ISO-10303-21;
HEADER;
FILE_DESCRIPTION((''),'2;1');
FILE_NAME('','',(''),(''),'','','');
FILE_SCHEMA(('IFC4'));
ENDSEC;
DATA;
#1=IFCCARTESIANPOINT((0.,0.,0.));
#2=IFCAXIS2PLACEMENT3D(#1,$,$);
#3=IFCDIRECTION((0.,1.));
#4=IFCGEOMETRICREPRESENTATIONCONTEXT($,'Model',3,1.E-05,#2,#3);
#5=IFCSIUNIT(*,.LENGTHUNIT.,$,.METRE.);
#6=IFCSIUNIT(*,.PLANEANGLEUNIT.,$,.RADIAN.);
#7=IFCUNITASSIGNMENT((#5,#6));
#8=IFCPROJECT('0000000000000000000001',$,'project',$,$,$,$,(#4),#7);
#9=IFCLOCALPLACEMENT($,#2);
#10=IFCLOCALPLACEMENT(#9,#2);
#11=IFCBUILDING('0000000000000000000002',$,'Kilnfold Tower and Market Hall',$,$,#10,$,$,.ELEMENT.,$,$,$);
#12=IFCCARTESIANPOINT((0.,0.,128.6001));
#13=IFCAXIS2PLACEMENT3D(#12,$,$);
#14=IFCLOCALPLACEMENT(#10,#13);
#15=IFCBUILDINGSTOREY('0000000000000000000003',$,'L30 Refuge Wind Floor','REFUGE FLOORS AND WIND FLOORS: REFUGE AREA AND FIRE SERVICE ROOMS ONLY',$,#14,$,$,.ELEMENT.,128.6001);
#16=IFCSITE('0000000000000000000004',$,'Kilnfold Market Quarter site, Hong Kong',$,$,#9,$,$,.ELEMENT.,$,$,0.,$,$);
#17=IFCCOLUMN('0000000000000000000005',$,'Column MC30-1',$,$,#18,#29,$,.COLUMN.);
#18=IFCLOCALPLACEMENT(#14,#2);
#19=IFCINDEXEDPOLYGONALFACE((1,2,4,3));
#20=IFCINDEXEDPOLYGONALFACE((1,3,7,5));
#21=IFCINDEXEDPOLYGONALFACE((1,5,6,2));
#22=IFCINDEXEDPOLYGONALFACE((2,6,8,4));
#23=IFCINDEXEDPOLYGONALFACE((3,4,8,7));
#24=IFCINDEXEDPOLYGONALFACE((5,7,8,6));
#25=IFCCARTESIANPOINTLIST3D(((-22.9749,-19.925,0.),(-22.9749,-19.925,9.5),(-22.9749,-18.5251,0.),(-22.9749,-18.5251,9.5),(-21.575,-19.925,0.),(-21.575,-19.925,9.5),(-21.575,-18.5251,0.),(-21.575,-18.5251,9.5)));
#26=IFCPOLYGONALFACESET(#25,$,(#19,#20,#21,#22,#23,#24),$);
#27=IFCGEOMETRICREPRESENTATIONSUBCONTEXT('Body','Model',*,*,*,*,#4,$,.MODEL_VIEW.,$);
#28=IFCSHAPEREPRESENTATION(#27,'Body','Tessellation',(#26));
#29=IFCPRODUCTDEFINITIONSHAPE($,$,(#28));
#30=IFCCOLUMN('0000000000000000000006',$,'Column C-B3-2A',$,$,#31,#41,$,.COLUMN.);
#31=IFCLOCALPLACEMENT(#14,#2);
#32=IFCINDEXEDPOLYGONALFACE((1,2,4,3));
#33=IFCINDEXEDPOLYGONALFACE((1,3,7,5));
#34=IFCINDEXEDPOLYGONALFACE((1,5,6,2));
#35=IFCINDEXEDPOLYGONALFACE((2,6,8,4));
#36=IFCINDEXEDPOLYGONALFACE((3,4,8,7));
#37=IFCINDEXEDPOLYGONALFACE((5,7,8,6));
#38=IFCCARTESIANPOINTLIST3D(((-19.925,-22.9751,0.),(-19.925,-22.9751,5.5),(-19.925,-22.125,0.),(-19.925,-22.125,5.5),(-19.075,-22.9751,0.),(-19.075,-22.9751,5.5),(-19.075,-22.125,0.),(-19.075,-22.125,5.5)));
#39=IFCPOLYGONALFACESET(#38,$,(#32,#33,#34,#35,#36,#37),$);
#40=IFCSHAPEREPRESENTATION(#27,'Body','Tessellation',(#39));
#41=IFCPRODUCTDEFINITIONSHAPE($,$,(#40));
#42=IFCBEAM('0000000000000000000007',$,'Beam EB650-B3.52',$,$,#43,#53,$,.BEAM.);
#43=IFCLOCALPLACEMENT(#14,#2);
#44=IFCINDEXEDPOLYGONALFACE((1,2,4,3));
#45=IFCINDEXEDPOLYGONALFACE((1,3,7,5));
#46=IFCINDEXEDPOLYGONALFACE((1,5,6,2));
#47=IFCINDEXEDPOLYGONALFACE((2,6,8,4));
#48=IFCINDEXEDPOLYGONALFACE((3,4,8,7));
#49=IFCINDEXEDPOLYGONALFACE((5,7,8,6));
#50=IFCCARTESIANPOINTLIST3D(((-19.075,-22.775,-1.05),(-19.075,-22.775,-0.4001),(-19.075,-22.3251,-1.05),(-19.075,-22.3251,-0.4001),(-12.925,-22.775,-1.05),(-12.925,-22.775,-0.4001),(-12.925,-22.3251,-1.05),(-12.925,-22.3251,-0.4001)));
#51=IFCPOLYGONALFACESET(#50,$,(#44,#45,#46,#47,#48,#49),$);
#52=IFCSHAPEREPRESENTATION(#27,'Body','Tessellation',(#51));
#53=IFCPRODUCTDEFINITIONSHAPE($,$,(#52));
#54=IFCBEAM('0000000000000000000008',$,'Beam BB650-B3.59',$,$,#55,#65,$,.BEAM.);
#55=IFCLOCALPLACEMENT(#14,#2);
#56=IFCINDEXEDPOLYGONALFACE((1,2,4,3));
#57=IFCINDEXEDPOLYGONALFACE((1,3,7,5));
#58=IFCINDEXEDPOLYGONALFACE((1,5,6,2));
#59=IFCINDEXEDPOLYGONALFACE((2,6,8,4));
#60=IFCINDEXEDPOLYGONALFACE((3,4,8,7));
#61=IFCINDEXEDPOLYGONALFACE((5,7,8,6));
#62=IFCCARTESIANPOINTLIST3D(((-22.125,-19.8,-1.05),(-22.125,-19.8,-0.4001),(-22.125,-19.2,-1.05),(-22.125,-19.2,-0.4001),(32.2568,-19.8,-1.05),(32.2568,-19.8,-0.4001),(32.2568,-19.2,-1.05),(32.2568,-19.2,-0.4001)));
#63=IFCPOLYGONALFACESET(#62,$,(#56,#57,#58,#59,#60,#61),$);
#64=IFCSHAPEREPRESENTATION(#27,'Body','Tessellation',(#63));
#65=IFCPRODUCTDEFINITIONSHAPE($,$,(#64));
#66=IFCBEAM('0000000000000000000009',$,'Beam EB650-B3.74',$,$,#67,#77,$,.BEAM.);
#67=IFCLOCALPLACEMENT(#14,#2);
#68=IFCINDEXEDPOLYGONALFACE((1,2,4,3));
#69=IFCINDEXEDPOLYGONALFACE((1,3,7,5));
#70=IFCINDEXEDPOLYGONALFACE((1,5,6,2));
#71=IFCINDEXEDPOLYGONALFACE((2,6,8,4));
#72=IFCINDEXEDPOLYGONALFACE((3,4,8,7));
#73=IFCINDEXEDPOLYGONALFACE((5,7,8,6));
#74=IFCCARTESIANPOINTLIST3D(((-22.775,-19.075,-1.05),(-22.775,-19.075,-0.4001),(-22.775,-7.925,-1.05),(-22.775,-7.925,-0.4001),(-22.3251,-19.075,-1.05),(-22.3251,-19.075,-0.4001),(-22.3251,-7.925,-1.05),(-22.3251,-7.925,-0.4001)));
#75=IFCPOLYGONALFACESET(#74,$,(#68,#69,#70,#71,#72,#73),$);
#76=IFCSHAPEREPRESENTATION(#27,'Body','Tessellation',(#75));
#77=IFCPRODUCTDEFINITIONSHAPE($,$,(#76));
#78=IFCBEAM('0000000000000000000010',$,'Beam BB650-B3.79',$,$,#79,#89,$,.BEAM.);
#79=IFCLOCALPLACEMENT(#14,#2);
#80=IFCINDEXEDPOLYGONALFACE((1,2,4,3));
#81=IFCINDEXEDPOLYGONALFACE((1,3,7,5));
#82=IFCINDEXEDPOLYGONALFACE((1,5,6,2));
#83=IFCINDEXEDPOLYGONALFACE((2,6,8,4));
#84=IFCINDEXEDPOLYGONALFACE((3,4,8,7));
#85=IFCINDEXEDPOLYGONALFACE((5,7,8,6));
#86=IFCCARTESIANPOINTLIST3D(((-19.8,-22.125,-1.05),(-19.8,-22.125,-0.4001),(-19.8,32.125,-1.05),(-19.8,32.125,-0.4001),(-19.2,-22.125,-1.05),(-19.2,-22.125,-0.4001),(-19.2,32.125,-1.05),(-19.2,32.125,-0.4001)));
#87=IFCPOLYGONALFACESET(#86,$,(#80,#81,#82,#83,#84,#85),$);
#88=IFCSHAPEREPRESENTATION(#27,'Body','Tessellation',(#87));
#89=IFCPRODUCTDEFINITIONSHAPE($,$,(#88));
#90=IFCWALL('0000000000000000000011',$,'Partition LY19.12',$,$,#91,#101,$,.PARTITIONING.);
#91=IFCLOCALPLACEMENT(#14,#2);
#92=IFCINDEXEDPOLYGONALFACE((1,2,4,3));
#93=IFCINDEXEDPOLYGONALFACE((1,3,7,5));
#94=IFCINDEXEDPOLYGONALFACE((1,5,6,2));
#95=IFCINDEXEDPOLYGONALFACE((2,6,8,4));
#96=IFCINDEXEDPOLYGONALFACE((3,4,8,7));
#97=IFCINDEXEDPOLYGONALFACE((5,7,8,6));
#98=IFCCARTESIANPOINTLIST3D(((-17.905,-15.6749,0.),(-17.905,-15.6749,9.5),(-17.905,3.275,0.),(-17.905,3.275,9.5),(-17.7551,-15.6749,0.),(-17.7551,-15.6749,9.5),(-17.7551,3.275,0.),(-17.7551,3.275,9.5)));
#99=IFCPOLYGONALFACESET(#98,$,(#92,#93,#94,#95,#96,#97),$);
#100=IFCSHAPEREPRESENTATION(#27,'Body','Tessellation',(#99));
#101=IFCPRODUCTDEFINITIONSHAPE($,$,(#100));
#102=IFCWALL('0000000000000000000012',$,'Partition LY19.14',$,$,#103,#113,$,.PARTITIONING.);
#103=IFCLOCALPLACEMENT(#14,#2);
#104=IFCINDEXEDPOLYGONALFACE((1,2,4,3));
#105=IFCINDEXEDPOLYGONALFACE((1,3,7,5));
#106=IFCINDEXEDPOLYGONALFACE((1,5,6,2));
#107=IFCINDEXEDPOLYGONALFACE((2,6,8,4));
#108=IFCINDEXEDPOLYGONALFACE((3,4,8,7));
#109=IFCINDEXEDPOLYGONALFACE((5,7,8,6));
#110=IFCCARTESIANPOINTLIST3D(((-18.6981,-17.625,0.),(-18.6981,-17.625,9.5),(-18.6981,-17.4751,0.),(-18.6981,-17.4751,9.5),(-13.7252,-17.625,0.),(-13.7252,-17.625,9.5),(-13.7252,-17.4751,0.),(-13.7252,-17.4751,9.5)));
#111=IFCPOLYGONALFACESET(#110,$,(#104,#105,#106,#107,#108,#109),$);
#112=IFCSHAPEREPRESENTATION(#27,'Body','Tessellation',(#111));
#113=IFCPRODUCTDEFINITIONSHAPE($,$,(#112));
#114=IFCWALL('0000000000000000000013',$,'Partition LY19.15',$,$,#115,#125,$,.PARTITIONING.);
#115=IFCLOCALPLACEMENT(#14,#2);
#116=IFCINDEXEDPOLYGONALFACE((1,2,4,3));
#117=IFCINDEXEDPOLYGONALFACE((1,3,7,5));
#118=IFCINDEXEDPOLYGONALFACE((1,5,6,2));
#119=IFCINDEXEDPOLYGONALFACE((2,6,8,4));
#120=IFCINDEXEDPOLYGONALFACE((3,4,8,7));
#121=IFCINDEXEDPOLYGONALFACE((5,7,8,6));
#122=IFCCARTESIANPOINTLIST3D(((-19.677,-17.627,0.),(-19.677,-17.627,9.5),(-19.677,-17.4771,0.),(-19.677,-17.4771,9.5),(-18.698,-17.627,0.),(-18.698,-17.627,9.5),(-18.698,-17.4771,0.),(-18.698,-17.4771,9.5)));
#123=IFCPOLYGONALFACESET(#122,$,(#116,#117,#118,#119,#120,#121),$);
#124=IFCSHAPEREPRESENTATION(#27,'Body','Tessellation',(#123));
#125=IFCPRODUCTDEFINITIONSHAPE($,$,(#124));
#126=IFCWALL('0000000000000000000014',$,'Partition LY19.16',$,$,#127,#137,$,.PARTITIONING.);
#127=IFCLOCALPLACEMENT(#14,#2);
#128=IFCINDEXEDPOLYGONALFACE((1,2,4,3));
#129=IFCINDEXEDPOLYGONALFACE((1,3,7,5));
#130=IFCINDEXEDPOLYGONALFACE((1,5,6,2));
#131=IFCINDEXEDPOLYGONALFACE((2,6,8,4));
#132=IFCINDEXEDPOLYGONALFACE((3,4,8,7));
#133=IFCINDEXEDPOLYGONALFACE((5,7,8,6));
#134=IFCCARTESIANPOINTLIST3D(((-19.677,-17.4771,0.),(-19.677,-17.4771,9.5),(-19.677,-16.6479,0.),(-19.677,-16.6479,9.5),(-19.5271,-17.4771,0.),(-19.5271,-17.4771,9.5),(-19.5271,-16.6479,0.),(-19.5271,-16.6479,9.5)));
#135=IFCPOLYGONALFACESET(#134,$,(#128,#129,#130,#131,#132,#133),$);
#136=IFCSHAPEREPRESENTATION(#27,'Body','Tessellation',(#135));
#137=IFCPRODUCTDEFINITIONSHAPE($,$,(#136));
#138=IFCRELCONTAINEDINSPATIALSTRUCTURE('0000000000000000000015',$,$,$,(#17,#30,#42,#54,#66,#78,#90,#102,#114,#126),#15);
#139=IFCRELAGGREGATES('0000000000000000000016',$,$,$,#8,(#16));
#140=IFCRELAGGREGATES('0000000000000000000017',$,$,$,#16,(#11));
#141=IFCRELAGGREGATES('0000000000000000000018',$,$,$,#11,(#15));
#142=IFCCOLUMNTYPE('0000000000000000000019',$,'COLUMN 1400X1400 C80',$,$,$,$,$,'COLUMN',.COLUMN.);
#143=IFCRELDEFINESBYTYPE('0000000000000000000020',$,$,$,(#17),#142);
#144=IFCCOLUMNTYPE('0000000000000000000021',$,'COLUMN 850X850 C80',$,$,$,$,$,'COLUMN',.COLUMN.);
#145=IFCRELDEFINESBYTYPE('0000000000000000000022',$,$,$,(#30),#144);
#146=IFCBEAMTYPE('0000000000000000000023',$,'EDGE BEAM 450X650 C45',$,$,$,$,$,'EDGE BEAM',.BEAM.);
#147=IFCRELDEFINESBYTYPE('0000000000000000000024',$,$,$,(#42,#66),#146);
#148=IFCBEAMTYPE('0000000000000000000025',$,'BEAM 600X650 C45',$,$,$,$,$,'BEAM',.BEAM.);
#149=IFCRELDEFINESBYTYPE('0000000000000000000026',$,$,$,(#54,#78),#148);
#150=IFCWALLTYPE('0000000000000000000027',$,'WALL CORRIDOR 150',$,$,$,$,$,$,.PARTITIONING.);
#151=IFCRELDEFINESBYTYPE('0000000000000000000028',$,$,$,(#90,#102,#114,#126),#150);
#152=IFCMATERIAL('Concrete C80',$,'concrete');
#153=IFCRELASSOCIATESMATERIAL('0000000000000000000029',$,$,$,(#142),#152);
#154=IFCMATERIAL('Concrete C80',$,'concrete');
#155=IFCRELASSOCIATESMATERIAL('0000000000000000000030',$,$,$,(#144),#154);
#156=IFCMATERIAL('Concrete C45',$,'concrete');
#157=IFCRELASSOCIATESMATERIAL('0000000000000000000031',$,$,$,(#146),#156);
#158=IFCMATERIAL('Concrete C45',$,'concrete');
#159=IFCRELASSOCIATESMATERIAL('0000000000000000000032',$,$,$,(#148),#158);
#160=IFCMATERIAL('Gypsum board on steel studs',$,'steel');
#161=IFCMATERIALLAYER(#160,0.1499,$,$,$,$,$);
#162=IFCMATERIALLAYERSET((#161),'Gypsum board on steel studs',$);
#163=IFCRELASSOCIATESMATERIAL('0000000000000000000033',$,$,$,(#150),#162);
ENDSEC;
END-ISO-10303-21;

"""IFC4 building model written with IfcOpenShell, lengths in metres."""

from ifc_helpers import new_model, si_unit, direction, frame, frame_2d, origin, origin_2d, place, context, subcontext, project, spatial, rectangle, extrude, source, transform, mapped, material, layer, layer_set, material_profile, profile_set, type_object, element, save


model = new_model("IFC4")

# Units and contexts
model_context = context("Model", 3, precision=1e-05, world=origin(), true_north=direction((0.0, 1.0)))
body_context = subcontext(model_context, "Body", "Model", "MODEL_VIEW")
ifc_project = project(units=[si_unit("LENGTHUNIT", "METRE"), si_unit("PLANEANGLEUNIT", "RADIAN")], contexts=[model_context])

# Site, building, storey
site_placement = place(None, origin())
site = spatial("IfcSite", under=ifc_project, at=site_placement, Name="Kilnfold Market Quarter site, Hong Kong", CompositionType="ELEMENT", RefElevation=0.0)
building_placement = place(site_placement, origin())
building = spatial("IfcBuilding", under=site, at=building_placement, Name="Kilnfold Tower and Market Hall", CompositionType="ELEMENT")
storey_placement = place(building_placement, frame((0.0, 0.0, 128.6001)))
storey = spatial("IfcBuildingStorey", under=building, at=storey_placement, Name="L30 Refuge Wind Floor", Description="REFUGE FLOORS AND WIND FLOORS: REFUGE AREA AND FIRE SERVICE ROOMS ONLY", CompositionType="ELEMENT", Elevation=128.6001)

# Columns
ifc_material_1 = material(Name="Concrete C80", Category="concrete")
ifc_material_profile_1 = material_profile(ifc_material_1, rectangle(XDim=1.3999, YDim=1.3999, at=origin_2d()), Name="RC 1400x1400")
ifc_profile_set_1 = profile_set([ifc_material_profile_1], Name="Concrete C80")
column_type_1 = type_object("IfcColumnType", Name="COLUMN 1400X1400 C80", ElementType="COLUMN", PredefinedType="COLUMN", material=ifc_profile_set_1)
shared_shape_1 = source(origin(), body_context, "Body", "SweptSolid", [
    extrude(rectangle(XDim=1.3999, YDim=1.3999, at=origin_2d()), origin(), (0.0, 0.0, 1.0), 9.5),
])
column_1_placement = place(storey_placement, frame((-22.2749, -19.2251, 0.0), z_axis=(0.0, 0.0, 1.0), x_axis=(1.0, 0.0, 0.0)))
element("IfcColumn", 1, at=column_1_placement, inside=storey, type_object=column_type_1, Name="Column MC30-1", PredefinedType="COLUMN", context=body_context, shape_type="MappedRepresentation", body=[
    mapped(shared_shape_1, transform((0.0, 0.0, 0.0))),
])
ifc_material_2 = material(Name="Concrete C80", Category="concrete")
ifc_material_profile_2 = material_profile(ifc_material_2, rectangle(XDim=0.8501, YDim=0.8501, at=origin_2d()), Name="RC 850x850")
ifc_profile_set_2 = profile_set([ifc_material_profile_2], Name="Concrete C80")
column_type_2 = type_object("IfcColumnType", Name="COLUMN 850X850 C80", ElementType="COLUMN", PredefinedType="COLUMN", material=ifc_profile_set_2)
shared_shape_2 = source(origin(), body_context, "Body", "SweptSolid", [
    extrude(rectangle(XDim=0.8501, YDim=0.8501, at=origin_2d()), origin(), (0.0, 0.0, 1.0), 5.5),
])
column_2_placement = place(storey_placement, frame((-19.5, -22.55, 0.0), z_axis=(0.0, 0.0, 1.0), x_axis=(1.0, 0.0, 0.0)))
element("IfcColumn", 2, at=column_2_placement, inside=storey, type_object=column_type_2, Name="Column C-B3-2A", PredefinedType="COLUMN", context=body_context, shape_type="MappedRepresentation", body=[
    mapped(shared_shape_2, transform((0.0, 0.0, 0.0))),
])

# Beams
ifc_material_3 = material(Name="Concrete C45", Category="concrete")
ifc_material_profile_3 = material_profile(ifc_material_3, rectangle(XDim=0.45, YDim=0.6499, at=origin_2d()), Name="RC 450x650")
ifc_profile_set_3 = profile_set([ifc_material_profile_3], Name="Concrete C45")
beam_type_1 = type_object("IfcBeamType", Name="EDGE BEAM 450X650 C45", ElementType="EDGE BEAM", PredefinedType="BEAM", material=ifc_profile_set_3)
shared_shape_3 = source(origin(), body_context, "Body", "SweptSolid", [
    extrude(rectangle(XDim=0.45, YDim=0.6499, at=origin_2d()), origin(), (0.0, 0.0, 1.0), 6.1499),
])
beam_1_placement = place(storey_placement, frame((-19.075, -22.55, -0.7251), z_axis=(1.0, 0.0, 0.0), x_axis=(0.0, 1.0, 0.0)))
element("IfcBeam", 3, at=beam_1_placement, inside=storey, type_object=beam_type_1, Name="Beam EB650-B3.52", PredefinedType="BEAM", context=body_context, shape_type="MappedRepresentation", body=[
    mapped(shared_shape_3, transform((0.0, 0.0, 0.0))),
])
ifc_material_4 = material(Name="Concrete C45", Category="concrete")
ifc_material_profile_4 = material_profile(ifc_material_4, rectangle(XDim=0.6001, YDim=0.6499, at=origin_2d()), Name="RC 600x650")
ifc_profile_set_4 = profile_set([ifc_material_profile_4], Name="Concrete C45")
beam_type_2 = type_object("IfcBeamType", Name="BEAM 600X650 C45", ElementType="BEAM", PredefinedType="BEAM", material=ifc_profile_set_4)
shared_shape_4 = source(origin(), body_context, "Body", "SweptSolid", [
    extrude(rectangle(XDim=0.6001, YDim=0.6499, at=origin_2d()), origin(), (0.0, 0.0, 1.0), 54.3818),
])
beam_2_placement = place(storey_placement, frame((-22.125, -19.5, -0.7251), z_axis=(1.0, 0.0, 0.0), x_axis=(0.0, 1.0, 0.0)))
element("IfcBeam", 4, at=beam_2_placement, inside=storey, type_object=beam_type_2, Name="Beam BB650-B3.59", PredefinedType="BEAM", context=body_context, shape_type="MappedRepresentation", body=[
    mapped(shared_shape_4, transform((0.0, 0.0, 0.0))),
])
shared_shape_5 = source(origin(), body_context, "Body", "SweptSolid", [
    extrude(rectangle(XDim=0.45, YDim=0.6499, at=origin_2d()), origin(), (0.0, 0.0, 1.0), 11.1499),
])
beam_3_placement = place(storey_placement, frame((-22.55, -19.075, -0.7251), z_axis=(0.0, 1.0, 0.0), x_axis=(-1.0, 0.0, 0.0)))
element("IfcBeam", 5, at=beam_3_placement, inside=storey, type_object=beam_type_1, Name="Beam EB650-B3.74", PredefinedType="BEAM", context=body_context, shape_type="MappedRepresentation", body=[
    mapped(shared_shape_5, transform((0.0, 0.0, 0.0))),
])
shared_shape_6 = source(origin(), body_context, "Body", "SweptSolid", [
    extrude(rectangle(XDim=0.6001, YDim=0.6499, at=origin_2d()), origin(), (0.0, 0.0, 1.0), 54.25),
])
beam_4_placement = place(storey_placement, frame((-19.5, -22.125, -0.7251), z_axis=(0.0, 1.0, 0.0), x_axis=(-1.0, 0.0, 0.0)))
element("IfcBeam", 6, at=beam_4_placement, inside=storey, type_object=beam_type_2, Name="Beam BB650-B3.79", PredefinedType="BEAM", context=body_context, shape_type="MappedRepresentation", body=[
    mapped(shared_shape_6, transform((0.0, 0.0, 0.0))),
])

# Walls
ifc_material_5 = material(Name="Gypsum board on steel studs", Category="steel")
ifc_layer_1 = layer(ifc_material_5, 0.1499)
ifc_layer_set_1 = layer_set([ifc_layer_1], Name="Gypsum board on steel studs")
wall_type_1 = type_object("IfcWallType", Name="WALL CORRIDOR 150", PredefinedType="PARTITIONING", material=ifc_layer_set_1)
wall_1_placement = place(storey_placement, frame((-17.8301, -15.675, 0.0), z_axis=(0.0, 0.0, 1.0), x_axis=(0.0, 1.0, 0.0)))
element("IfcWall", 7, at=wall_1_placement, inside=storey, type_object=wall_type_1, Name="Partition LY19.12", PredefinedType="PARTITIONING", context=body_context, shape_type="SweptSolid", body=[
    extrude(rectangle(XDim=18.95, YDim=0.1499, at=frame_2d((9.4751, 0.0))), origin(), (0.0, 0.0, 1.0), 9.5),
])
wall_2_placement = place(storey_placement, frame((-18.698, -17.55, 0.0), z_axis=(0.0, 0.0, 1.0), x_axis=(1.0, 0.0, 0.0)))
element("IfcWall", 8, at=wall_2_placement, inside=storey, type_object=wall_type_1, Name="Partition LY19.14", PredefinedType="PARTITIONING", context=body_context, shape_type="SweptSolid", body=[
    extrude(rectangle(XDim=4.9729, YDim=0.1499, at=frame_2d((2.4863, 0.0))), origin(), (0.0, 0.0, 1.0), 9.5),
])
wall_3_placement = place(storey_placement, frame((-19.677, -17.552, 0.0), z_axis=(0.0, 0.0, 1.0), x_axis=(1.0, 0.0, 0.0)))
element("IfcWall", 9, at=wall_3_placement, inside=storey, type_object=wall_type_1, Name="Partition LY19.15", PredefinedType="PARTITIONING", context=body_context, shape_type="SweptSolid", body=[
    extrude(rectangle(XDim=0.979, YDim=0.1499, at=frame_2d((0.4895, 0.0))), origin(), (0.0, 0.0, 1.0), 9.5),
])
wall_4_placement = place(storey_placement, frame((-19.6021, -16.6479, 0.0), z_axis=(0.0, 0.0, 1.0), x_axis=(0.0, -1.0, 0.0)))
element("IfcWall", 10, at=wall_4_placement, inside=storey, type_object=wall_type_1, Name="Partition LY19.16", PredefinedType="PARTITIONING", context=body_context, shape_type="SweptSolid", body=[
    extrude(rectangle(XDim=0.8291, YDim=0.1499, at=frame_2d((0.4146, 0.0))), origin(), (0.0, 0.0, 1.0), 9.5),
])

save(model, "model.ifc")
